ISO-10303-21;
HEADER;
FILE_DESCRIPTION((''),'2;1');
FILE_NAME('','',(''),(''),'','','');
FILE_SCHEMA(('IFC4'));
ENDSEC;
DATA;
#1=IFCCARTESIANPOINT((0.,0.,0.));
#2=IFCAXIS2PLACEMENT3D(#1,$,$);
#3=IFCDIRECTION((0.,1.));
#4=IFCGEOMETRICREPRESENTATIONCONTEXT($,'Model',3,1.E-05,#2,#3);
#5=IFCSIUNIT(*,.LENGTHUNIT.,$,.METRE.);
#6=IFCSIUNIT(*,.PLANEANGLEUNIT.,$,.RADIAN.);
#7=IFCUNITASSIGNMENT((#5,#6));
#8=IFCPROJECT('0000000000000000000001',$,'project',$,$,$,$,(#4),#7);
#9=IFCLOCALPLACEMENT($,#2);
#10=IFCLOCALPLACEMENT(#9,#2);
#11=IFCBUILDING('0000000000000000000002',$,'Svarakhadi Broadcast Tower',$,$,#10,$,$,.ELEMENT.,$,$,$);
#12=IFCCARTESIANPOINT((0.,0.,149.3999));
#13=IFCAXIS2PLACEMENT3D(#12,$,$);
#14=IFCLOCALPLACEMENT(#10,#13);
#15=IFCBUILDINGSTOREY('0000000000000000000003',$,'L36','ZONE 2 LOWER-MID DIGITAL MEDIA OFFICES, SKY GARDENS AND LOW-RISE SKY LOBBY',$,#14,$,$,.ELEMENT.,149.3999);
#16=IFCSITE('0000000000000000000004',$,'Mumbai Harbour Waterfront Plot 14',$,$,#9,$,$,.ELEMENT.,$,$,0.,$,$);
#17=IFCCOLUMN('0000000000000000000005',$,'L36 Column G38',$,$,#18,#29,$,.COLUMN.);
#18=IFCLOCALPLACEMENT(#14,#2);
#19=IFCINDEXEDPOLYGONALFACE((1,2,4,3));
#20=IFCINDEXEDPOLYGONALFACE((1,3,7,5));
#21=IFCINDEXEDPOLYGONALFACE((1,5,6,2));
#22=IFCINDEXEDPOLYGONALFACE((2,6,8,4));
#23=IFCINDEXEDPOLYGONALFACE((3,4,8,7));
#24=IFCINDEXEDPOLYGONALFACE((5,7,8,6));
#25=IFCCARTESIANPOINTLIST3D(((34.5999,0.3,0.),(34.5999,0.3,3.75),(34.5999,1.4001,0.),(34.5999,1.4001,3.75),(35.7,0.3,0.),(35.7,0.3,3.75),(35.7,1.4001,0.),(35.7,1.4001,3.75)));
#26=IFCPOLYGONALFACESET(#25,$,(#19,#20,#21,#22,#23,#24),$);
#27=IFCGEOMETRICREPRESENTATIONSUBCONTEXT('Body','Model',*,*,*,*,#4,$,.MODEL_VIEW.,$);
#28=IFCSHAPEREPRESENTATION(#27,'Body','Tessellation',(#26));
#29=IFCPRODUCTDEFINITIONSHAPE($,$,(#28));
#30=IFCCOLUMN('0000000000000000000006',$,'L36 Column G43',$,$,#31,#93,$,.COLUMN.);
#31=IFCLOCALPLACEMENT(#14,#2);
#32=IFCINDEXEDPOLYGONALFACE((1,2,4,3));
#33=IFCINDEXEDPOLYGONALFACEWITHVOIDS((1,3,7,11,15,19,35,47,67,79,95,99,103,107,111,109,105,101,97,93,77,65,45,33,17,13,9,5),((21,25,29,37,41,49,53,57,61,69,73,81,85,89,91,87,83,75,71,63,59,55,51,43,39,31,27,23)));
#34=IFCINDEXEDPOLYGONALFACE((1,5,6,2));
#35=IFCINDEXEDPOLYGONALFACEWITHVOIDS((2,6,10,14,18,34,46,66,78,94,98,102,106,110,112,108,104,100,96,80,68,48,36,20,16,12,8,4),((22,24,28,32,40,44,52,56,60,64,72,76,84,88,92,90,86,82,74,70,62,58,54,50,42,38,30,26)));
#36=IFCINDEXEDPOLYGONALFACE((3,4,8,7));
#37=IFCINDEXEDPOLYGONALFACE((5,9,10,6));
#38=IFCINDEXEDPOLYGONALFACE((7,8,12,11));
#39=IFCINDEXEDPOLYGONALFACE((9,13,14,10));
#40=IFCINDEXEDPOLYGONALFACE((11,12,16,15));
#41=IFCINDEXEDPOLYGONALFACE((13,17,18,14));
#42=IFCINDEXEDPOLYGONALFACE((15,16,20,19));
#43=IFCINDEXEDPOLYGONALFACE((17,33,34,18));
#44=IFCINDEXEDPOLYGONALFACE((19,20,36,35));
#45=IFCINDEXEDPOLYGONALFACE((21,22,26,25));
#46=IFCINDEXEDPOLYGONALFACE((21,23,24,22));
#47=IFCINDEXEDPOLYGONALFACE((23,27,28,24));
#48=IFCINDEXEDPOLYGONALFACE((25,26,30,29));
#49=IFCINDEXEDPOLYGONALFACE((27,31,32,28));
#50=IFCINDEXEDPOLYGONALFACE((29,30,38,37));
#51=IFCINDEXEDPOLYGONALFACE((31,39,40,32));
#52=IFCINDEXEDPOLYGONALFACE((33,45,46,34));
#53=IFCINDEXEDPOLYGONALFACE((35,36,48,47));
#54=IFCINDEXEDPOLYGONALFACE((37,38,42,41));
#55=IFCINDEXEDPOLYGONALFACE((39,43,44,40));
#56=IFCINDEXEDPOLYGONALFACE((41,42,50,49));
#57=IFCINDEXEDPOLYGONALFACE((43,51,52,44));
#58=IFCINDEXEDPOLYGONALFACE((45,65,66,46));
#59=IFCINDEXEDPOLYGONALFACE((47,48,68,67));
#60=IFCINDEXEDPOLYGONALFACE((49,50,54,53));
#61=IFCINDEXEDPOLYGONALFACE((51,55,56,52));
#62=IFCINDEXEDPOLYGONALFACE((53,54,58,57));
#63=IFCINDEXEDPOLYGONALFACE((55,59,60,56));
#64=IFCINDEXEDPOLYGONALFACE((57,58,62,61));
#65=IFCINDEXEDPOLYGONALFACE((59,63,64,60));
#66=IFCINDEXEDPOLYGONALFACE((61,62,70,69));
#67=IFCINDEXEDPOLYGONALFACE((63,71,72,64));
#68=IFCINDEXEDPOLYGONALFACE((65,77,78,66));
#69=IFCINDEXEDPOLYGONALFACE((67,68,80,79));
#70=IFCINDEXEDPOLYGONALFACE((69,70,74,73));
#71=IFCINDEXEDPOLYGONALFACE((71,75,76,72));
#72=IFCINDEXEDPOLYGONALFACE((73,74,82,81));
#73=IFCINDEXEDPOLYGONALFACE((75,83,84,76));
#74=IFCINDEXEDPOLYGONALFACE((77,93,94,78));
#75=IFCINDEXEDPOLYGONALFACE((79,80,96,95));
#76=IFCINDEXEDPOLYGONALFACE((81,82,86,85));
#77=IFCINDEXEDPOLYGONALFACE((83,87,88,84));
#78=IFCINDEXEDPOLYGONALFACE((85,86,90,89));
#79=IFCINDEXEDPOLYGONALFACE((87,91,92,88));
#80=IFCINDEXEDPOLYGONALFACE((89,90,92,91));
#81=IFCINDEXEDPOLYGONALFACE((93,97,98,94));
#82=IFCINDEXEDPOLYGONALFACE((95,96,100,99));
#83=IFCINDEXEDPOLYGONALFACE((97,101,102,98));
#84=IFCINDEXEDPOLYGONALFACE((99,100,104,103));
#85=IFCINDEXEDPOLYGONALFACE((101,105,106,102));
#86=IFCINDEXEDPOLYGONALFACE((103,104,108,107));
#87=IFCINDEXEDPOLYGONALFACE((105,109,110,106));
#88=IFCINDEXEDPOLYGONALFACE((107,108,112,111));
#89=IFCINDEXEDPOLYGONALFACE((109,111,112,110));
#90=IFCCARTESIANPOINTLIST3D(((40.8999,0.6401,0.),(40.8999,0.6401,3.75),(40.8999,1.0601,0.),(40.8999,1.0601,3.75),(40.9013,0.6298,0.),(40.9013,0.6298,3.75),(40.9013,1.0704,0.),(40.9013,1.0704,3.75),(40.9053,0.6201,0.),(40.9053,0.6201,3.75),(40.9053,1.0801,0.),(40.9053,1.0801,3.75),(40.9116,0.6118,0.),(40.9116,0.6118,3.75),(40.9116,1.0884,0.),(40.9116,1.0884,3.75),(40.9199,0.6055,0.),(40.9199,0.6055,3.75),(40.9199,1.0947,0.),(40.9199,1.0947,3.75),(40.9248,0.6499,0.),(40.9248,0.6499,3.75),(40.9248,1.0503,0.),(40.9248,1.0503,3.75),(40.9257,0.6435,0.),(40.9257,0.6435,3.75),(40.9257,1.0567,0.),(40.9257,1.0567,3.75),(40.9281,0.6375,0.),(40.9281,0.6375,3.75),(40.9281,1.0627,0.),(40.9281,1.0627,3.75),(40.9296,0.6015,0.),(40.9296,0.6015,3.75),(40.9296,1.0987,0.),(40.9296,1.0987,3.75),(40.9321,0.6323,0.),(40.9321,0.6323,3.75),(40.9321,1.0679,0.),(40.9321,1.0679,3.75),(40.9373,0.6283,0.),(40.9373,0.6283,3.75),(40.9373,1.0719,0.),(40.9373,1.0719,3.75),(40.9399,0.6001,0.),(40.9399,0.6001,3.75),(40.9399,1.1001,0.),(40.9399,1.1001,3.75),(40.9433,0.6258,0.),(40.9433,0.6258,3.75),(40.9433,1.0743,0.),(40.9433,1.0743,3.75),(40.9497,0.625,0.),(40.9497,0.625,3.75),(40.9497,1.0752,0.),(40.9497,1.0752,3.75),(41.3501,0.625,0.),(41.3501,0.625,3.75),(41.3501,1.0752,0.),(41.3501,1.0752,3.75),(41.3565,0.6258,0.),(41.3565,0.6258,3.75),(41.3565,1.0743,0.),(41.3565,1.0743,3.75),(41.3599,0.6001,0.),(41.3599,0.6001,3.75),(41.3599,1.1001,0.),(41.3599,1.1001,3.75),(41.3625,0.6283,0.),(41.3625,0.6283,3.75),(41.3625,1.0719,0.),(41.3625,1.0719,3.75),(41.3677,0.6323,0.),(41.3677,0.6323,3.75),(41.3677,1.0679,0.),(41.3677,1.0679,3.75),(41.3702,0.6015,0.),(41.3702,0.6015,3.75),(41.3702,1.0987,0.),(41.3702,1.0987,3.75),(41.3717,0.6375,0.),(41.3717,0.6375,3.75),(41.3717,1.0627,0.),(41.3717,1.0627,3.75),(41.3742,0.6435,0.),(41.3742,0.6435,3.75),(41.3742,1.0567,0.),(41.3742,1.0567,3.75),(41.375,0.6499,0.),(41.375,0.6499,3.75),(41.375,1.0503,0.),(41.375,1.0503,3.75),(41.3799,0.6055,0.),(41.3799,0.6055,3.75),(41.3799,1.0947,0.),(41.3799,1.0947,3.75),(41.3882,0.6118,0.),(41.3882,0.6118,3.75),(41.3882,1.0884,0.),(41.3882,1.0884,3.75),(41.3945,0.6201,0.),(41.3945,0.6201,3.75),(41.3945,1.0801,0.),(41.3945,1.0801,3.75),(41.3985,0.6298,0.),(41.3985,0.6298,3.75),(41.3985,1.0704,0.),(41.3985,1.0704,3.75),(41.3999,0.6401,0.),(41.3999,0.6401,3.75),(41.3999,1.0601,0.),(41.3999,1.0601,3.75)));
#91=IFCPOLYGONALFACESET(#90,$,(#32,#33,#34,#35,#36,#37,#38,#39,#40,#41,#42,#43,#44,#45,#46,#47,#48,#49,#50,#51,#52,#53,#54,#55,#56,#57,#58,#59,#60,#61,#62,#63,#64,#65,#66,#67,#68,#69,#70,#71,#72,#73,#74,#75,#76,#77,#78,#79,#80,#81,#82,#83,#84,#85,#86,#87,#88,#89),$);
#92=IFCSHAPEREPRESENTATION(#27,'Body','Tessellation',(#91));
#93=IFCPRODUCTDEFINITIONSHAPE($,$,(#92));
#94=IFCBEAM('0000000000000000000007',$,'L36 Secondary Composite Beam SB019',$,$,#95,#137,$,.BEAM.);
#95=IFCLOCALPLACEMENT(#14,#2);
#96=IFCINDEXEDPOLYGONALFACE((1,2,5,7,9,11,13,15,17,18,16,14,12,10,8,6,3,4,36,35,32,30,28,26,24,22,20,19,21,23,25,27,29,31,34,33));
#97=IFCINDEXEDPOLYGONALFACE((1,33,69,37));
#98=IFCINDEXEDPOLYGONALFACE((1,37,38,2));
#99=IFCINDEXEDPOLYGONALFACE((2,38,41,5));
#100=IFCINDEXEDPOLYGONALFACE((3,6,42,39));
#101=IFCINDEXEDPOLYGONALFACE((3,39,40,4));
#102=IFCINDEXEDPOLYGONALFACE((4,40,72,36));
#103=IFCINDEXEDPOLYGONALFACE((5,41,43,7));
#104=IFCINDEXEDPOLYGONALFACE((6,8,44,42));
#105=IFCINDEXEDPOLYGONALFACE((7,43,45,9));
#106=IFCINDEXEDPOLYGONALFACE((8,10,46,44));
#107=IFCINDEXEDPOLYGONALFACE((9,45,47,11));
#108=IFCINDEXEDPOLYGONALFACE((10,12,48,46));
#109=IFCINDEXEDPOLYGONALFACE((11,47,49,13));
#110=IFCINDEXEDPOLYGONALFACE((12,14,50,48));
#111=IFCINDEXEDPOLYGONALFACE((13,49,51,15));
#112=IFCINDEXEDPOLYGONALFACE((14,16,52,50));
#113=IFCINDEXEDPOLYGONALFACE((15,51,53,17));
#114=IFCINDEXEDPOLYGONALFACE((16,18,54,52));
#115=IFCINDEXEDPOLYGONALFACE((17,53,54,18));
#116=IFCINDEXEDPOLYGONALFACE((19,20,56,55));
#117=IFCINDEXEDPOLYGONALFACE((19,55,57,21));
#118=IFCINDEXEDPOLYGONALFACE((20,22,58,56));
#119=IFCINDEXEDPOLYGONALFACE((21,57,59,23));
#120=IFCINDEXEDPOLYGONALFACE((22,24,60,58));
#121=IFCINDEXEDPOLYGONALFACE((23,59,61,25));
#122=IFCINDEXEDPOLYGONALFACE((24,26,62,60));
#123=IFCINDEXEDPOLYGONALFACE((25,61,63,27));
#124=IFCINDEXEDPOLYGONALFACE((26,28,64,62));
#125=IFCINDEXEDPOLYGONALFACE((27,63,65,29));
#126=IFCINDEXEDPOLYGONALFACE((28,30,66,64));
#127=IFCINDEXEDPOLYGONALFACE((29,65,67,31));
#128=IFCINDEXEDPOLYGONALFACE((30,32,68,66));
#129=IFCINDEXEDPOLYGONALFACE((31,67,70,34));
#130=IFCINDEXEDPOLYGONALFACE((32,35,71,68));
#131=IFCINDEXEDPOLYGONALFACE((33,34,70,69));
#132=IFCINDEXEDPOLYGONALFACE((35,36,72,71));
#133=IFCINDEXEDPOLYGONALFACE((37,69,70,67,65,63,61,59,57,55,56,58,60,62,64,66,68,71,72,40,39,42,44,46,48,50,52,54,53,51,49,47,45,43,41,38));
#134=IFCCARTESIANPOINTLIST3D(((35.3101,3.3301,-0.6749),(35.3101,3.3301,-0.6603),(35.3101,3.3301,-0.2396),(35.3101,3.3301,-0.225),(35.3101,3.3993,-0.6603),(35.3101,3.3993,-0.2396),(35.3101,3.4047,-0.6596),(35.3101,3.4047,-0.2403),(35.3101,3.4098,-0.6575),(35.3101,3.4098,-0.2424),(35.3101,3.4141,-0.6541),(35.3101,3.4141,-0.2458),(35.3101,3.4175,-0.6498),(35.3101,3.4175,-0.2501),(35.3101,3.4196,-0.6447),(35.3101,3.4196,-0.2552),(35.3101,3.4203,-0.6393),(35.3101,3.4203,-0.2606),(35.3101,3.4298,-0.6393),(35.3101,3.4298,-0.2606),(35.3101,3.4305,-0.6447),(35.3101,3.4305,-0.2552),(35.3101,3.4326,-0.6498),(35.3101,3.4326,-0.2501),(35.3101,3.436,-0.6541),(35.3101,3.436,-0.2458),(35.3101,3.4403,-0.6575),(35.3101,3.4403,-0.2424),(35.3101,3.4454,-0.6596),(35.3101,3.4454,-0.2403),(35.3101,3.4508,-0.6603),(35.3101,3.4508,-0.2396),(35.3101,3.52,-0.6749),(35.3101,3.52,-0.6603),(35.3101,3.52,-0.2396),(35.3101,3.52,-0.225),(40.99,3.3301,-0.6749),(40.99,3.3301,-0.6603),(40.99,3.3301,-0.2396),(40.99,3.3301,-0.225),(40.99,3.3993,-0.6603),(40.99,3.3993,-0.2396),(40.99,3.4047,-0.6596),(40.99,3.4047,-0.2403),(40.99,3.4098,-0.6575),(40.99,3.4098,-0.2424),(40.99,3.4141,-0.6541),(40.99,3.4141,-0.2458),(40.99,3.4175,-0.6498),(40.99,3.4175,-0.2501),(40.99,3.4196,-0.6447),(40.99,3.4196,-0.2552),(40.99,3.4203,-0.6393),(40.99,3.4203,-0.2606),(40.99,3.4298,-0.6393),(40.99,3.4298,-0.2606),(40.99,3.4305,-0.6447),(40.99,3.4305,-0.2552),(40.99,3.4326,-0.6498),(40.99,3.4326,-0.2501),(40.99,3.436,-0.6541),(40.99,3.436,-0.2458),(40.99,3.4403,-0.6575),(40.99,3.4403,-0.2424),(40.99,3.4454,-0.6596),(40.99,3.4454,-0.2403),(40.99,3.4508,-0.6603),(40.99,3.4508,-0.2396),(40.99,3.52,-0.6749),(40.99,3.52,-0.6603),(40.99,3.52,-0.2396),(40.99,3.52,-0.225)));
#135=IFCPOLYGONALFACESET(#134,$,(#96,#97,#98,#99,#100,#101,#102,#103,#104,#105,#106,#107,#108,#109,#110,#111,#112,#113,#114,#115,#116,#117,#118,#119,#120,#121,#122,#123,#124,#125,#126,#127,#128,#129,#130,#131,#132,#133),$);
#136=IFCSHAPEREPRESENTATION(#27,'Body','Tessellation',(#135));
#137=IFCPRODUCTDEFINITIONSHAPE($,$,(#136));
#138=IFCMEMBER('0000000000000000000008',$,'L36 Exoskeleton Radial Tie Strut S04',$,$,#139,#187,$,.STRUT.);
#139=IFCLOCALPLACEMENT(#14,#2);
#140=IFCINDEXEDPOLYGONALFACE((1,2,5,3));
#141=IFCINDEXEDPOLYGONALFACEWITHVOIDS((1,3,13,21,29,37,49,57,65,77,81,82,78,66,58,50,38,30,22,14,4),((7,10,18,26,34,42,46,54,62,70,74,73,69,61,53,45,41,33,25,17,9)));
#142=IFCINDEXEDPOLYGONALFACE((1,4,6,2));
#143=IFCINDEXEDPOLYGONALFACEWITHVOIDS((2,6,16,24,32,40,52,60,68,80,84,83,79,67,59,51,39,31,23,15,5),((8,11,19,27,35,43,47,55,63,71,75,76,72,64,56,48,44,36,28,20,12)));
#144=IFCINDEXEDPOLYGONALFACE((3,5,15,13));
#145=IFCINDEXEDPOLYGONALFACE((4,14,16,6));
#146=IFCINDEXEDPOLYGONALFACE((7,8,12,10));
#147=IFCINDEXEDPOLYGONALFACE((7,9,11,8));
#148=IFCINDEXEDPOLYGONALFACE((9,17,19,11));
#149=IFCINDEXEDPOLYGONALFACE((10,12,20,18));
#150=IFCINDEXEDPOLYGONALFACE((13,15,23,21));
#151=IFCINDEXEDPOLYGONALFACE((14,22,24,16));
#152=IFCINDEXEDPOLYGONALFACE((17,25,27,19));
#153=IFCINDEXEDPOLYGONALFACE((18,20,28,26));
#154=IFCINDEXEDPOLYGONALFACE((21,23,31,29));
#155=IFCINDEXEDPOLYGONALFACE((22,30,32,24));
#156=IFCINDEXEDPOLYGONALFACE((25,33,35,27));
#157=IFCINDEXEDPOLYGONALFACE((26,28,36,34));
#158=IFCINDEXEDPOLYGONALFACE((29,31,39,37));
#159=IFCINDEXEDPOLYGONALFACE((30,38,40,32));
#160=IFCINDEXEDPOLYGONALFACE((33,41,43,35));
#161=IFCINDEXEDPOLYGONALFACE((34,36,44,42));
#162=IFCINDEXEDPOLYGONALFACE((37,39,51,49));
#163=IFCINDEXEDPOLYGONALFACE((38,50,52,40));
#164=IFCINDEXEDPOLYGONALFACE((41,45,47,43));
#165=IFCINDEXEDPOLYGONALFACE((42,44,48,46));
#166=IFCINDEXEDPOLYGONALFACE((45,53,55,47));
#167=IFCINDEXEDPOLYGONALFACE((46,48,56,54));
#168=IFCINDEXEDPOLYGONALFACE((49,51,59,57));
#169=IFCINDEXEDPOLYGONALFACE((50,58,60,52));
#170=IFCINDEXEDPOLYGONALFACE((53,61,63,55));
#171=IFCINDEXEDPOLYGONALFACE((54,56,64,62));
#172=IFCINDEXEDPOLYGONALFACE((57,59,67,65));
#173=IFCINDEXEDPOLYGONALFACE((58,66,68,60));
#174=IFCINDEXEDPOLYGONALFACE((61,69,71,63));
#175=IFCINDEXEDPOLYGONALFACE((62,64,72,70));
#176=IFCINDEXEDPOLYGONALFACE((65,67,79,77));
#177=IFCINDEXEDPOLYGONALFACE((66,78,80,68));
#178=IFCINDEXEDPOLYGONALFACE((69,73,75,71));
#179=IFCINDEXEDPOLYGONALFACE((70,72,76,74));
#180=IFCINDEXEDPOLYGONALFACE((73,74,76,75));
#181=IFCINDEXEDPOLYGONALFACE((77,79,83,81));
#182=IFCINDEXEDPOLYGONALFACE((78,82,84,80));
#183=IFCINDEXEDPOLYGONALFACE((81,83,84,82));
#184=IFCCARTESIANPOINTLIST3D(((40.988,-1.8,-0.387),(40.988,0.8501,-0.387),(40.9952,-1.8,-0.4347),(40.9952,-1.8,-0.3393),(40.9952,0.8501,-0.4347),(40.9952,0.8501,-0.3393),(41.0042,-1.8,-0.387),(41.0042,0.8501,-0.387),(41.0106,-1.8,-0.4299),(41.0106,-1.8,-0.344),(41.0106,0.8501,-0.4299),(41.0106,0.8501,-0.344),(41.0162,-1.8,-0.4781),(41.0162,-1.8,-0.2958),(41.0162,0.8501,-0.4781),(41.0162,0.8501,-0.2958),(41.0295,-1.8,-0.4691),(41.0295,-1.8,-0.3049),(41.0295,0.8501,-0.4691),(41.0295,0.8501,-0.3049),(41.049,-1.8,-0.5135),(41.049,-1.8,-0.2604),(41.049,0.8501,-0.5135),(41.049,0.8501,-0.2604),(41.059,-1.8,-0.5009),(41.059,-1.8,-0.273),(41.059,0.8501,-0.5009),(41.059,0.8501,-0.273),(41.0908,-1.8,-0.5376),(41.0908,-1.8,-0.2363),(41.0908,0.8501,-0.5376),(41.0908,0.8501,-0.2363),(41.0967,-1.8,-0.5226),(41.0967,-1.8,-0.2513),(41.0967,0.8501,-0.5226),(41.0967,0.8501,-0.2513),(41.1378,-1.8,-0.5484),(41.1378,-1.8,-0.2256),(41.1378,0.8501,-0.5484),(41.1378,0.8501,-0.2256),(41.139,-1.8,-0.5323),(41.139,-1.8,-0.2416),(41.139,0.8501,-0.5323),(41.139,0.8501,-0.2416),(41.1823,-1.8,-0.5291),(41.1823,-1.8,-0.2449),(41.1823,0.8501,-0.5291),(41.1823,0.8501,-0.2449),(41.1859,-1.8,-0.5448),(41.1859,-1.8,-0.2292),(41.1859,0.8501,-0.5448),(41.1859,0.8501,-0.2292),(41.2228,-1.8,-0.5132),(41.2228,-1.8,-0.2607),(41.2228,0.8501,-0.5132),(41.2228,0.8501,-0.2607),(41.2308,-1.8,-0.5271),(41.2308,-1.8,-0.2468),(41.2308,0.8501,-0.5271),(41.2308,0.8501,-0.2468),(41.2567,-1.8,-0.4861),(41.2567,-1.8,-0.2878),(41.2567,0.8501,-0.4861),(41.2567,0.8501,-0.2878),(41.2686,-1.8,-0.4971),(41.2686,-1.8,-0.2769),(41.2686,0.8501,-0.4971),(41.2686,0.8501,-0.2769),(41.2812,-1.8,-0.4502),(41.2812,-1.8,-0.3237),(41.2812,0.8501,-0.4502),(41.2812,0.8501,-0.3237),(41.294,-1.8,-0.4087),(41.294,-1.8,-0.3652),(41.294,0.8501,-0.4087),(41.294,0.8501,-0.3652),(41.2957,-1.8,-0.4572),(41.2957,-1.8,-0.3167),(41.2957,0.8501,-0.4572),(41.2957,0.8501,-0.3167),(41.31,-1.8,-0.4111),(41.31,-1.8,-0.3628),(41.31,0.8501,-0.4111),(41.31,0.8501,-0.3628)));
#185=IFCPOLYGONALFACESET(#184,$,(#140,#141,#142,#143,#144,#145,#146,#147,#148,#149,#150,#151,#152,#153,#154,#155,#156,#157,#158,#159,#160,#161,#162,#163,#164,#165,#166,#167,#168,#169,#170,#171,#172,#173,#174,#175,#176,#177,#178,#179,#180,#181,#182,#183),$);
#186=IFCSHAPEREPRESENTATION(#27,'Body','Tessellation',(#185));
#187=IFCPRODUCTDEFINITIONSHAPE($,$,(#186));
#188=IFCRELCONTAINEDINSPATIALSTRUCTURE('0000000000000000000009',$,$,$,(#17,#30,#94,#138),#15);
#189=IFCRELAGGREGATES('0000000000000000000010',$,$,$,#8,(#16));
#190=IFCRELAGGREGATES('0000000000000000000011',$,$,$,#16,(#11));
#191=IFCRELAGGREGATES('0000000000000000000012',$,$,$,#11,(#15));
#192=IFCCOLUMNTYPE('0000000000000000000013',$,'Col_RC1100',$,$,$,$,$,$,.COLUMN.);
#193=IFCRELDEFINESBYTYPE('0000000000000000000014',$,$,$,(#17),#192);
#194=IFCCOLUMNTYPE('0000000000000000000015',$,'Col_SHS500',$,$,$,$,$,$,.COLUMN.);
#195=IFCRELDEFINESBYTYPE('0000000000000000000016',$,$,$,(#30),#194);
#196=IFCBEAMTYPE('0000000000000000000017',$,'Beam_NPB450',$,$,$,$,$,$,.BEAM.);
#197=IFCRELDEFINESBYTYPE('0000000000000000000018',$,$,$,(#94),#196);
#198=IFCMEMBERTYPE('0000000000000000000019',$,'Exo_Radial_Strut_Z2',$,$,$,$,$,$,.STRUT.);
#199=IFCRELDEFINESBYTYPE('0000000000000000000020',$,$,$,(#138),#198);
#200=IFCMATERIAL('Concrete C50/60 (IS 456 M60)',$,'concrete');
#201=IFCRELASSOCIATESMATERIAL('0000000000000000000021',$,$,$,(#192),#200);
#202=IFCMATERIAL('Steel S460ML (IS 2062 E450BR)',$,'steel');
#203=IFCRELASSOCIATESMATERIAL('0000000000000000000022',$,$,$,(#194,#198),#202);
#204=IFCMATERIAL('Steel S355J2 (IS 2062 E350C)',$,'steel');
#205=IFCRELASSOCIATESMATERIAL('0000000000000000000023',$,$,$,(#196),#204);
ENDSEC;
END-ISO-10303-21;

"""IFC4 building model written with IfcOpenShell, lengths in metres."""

from ifc_helpers import new_model, si_unit, direction, frame, origin, origin_2d, place, context, subcontext, project, spatial, rectangle, hollow_rectangle, hollow_circle, i_section, extrude, material, material_profile, profile_set, type_object, element, save


model = new_model("IFC4")

# Units and contexts
model_context = context("Model", 3, precision=1e-05, world=origin(), true_north=direction((0.0, 1.0)))
body_context = subcontext(model_context, "Body", "Model", "MODEL_VIEW")
ifc_project = project(units=[si_unit("LENGTHUNIT", "METRE"), si_unit("PLANEANGLEUNIT", "RADIAN")], contexts=[model_context])

# Site, building, storey
site_placement = place(None, origin())
site = spatial("IfcSite", under=ifc_project, at=site_placement, Name="Mumbai Harbour Waterfront Plot 14", CompositionType="ELEMENT", RefElevation=0.0)
building_placement = place(site_placement, origin())
building = spatial("IfcBuilding", under=site, at=building_placement, Name="Svarakhadi Broadcast Tower", CompositionType="ELEMENT")
storey_placement = place(building_placement, frame((0.0, 0.0, 149.3999)))
storey = spatial("IfcBuildingStorey", under=building, at=storey_placement, Name="L36", Description="ZONE 2 LOWER-MID DIGITAL MEDIA OFFICES, SKY GARDENS AND LOW-RISE SKY LOBBY", CompositionType="ELEMENT", Elevation=149.3999)

# Columns
ifc_material_1 = material(Name="Concrete C50/60 (IS 456 M60)", Category="concrete")
ifc_material_profile_1 = material_profile(ifc_material_1, rectangle(XDim=1.1001, YDim=1.1001, at=origin_2d()), Name="RC 1100x1100")
ifc_profile_set_1 = profile_set([ifc_material_profile_1], Name="Concrete C50/60 (IS 456 M60)")
column_type_1 = type_object("IfcColumnType", Name="Col_RC1100", PredefinedType="COLUMN", material=ifc_profile_set_1)
column_1_placement = place(storey_placement, frame((35.1499, 0.8501, 0.0), z_axis=(0.0, 0.0, 1.0), x_axis=(1.0, 0.0, 0.0)))
element("IfcColumn", 1, at=column_1_placement, inside=storey, type_object=column_type_1, Name="L36 Column G38", PredefinedType="COLUMN", context=body_context, shape_type="SweptSolid", body=[
    extrude(rectangle(XDim=1.1001, YDim=1.1001, at=origin_2d()), origin(), (0.0, 0.0, 1.0), 3.75),
])
ifc_material_2 = material(Name="Steel S460ML (IS 2062 E450BR)", Category="steel")
ifc_material_profile_2 = material_profile(ifc_material_2, hollow_rectangle(XDim=0.5, YDim=0.5, WallThickness=0.0249, InnerFilletRadius=0.0249, OuterFilletRadius=0.04, at=origin_2d()), Name="SHS 500x500x25")
ifc_profile_set_2 = profile_set([ifc_material_profile_2], Name="Steel S460ML (IS 2062 E450BR)")
column_type_2 = type_object("IfcColumnType", Name="Col_SHS500", PredefinedType="COLUMN", material=ifc_profile_set_2)
column_2_placement = place(storey_placement, frame((41.1499, 0.8501, 0.0), z_axis=(0.0, 0.0, 1.0), x_axis=(1.0, 0.0, 0.0)))
element("IfcColumn", 2, at=column_2_placement, inside=storey, type_object=column_type_2, Name="L36 Column G43", PredefinedType="COLUMN", context=body_context, shape_type="SweptSolid", body=[
    extrude(hollow_rectangle(XDim=0.5, YDim=0.5, WallThickness=0.0249, InnerFilletRadius=0.0249, OuterFilletRadius=0.04, at=origin_2d()), origin(), (0.0, 0.0, 1.0), 3.75),
])

# Beam
ifc_material_3 = material(Name="Steel S355J2 (IS 2062 E350C)", Category="steel")
ifc_material_profile_3 = material_profile(ifc_material_3, i_section(OverallWidth=0.1899, OverallDepth=0.45, WebThickness=0.0095, FlangeThickness=0.0146, FilletRadius=0.021, at=origin_2d()), Name="NPB 450x190x78")
ifc_profile_set_3 = profile_set([ifc_material_profile_3], Name="Steel S355J2 (IS 2062 E350C)")
beam_type_1 = type_object("IfcBeamType", Name="Beam_NPB450", PredefinedType="BEAM", material=ifc_profile_set_3)
beam_1_placement = place(storey_placement, frame((35.3101, 3.425, -0.45), z_axis=(1.0, 0.0, 0.0), x_axis=(0.0, 1.0, 0.0)))
element("IfcBeam", 3, at=beam_1_placement, inside=storey, type_object=beam_type_1, Name="L36 Secondary Composite Beam SB019", PredefinedType="BEAM", context=body_context, shape_type="SweptSolid", body=[
    extrude(i_section(OverallWidth=0.1899, OverallDepth=0.45, WebThickness=0.0095, FlangeThickness=0.0146, FilletRadius=0.021, at=origin_2d()), origin(), (0.0, 0.0, 1.0), 5.6799),
])

# Member
ifc_material_profile_4 = material_profile(ifc_material_2, hollow_circle(Radius=0.1619, WallThickness=0.0161, at=origin_2d()), Name="CHS 323.9x16")
ifc_profile_set_4 = profile_set([ifc_material_profile_4], Name="Steel S460ML (IS 2062 E450BR)")
member_type = type_object("IfcMemberType", Name="Exo_Radial_Strut_Z2", PredefinedType="STRUT", material=ifc_profile_set_4)
member_placement = place(storey_placement, frame((41.1499, -1.8, -0.387), z_axis=(0.0, 1.0, 0.0), x_axis=(-1.0, 0.0, 0.0)))
element("IfcMember", 4, at=member_placement, inside=storey, type_object=member_type, Name="L36 Exoskeleton Radial Tie Strut S04", PredefinedType="STRUT", context=body_context, shape_type="SweptSolid", body=[
    extrude(hollow_circle(Radius=0.1619, WallThickness=0.0161, at=origin_2d()), origin(), (0.0, 0.0, 1.0), 2.6501),
])

save(model, "model.ifc")
